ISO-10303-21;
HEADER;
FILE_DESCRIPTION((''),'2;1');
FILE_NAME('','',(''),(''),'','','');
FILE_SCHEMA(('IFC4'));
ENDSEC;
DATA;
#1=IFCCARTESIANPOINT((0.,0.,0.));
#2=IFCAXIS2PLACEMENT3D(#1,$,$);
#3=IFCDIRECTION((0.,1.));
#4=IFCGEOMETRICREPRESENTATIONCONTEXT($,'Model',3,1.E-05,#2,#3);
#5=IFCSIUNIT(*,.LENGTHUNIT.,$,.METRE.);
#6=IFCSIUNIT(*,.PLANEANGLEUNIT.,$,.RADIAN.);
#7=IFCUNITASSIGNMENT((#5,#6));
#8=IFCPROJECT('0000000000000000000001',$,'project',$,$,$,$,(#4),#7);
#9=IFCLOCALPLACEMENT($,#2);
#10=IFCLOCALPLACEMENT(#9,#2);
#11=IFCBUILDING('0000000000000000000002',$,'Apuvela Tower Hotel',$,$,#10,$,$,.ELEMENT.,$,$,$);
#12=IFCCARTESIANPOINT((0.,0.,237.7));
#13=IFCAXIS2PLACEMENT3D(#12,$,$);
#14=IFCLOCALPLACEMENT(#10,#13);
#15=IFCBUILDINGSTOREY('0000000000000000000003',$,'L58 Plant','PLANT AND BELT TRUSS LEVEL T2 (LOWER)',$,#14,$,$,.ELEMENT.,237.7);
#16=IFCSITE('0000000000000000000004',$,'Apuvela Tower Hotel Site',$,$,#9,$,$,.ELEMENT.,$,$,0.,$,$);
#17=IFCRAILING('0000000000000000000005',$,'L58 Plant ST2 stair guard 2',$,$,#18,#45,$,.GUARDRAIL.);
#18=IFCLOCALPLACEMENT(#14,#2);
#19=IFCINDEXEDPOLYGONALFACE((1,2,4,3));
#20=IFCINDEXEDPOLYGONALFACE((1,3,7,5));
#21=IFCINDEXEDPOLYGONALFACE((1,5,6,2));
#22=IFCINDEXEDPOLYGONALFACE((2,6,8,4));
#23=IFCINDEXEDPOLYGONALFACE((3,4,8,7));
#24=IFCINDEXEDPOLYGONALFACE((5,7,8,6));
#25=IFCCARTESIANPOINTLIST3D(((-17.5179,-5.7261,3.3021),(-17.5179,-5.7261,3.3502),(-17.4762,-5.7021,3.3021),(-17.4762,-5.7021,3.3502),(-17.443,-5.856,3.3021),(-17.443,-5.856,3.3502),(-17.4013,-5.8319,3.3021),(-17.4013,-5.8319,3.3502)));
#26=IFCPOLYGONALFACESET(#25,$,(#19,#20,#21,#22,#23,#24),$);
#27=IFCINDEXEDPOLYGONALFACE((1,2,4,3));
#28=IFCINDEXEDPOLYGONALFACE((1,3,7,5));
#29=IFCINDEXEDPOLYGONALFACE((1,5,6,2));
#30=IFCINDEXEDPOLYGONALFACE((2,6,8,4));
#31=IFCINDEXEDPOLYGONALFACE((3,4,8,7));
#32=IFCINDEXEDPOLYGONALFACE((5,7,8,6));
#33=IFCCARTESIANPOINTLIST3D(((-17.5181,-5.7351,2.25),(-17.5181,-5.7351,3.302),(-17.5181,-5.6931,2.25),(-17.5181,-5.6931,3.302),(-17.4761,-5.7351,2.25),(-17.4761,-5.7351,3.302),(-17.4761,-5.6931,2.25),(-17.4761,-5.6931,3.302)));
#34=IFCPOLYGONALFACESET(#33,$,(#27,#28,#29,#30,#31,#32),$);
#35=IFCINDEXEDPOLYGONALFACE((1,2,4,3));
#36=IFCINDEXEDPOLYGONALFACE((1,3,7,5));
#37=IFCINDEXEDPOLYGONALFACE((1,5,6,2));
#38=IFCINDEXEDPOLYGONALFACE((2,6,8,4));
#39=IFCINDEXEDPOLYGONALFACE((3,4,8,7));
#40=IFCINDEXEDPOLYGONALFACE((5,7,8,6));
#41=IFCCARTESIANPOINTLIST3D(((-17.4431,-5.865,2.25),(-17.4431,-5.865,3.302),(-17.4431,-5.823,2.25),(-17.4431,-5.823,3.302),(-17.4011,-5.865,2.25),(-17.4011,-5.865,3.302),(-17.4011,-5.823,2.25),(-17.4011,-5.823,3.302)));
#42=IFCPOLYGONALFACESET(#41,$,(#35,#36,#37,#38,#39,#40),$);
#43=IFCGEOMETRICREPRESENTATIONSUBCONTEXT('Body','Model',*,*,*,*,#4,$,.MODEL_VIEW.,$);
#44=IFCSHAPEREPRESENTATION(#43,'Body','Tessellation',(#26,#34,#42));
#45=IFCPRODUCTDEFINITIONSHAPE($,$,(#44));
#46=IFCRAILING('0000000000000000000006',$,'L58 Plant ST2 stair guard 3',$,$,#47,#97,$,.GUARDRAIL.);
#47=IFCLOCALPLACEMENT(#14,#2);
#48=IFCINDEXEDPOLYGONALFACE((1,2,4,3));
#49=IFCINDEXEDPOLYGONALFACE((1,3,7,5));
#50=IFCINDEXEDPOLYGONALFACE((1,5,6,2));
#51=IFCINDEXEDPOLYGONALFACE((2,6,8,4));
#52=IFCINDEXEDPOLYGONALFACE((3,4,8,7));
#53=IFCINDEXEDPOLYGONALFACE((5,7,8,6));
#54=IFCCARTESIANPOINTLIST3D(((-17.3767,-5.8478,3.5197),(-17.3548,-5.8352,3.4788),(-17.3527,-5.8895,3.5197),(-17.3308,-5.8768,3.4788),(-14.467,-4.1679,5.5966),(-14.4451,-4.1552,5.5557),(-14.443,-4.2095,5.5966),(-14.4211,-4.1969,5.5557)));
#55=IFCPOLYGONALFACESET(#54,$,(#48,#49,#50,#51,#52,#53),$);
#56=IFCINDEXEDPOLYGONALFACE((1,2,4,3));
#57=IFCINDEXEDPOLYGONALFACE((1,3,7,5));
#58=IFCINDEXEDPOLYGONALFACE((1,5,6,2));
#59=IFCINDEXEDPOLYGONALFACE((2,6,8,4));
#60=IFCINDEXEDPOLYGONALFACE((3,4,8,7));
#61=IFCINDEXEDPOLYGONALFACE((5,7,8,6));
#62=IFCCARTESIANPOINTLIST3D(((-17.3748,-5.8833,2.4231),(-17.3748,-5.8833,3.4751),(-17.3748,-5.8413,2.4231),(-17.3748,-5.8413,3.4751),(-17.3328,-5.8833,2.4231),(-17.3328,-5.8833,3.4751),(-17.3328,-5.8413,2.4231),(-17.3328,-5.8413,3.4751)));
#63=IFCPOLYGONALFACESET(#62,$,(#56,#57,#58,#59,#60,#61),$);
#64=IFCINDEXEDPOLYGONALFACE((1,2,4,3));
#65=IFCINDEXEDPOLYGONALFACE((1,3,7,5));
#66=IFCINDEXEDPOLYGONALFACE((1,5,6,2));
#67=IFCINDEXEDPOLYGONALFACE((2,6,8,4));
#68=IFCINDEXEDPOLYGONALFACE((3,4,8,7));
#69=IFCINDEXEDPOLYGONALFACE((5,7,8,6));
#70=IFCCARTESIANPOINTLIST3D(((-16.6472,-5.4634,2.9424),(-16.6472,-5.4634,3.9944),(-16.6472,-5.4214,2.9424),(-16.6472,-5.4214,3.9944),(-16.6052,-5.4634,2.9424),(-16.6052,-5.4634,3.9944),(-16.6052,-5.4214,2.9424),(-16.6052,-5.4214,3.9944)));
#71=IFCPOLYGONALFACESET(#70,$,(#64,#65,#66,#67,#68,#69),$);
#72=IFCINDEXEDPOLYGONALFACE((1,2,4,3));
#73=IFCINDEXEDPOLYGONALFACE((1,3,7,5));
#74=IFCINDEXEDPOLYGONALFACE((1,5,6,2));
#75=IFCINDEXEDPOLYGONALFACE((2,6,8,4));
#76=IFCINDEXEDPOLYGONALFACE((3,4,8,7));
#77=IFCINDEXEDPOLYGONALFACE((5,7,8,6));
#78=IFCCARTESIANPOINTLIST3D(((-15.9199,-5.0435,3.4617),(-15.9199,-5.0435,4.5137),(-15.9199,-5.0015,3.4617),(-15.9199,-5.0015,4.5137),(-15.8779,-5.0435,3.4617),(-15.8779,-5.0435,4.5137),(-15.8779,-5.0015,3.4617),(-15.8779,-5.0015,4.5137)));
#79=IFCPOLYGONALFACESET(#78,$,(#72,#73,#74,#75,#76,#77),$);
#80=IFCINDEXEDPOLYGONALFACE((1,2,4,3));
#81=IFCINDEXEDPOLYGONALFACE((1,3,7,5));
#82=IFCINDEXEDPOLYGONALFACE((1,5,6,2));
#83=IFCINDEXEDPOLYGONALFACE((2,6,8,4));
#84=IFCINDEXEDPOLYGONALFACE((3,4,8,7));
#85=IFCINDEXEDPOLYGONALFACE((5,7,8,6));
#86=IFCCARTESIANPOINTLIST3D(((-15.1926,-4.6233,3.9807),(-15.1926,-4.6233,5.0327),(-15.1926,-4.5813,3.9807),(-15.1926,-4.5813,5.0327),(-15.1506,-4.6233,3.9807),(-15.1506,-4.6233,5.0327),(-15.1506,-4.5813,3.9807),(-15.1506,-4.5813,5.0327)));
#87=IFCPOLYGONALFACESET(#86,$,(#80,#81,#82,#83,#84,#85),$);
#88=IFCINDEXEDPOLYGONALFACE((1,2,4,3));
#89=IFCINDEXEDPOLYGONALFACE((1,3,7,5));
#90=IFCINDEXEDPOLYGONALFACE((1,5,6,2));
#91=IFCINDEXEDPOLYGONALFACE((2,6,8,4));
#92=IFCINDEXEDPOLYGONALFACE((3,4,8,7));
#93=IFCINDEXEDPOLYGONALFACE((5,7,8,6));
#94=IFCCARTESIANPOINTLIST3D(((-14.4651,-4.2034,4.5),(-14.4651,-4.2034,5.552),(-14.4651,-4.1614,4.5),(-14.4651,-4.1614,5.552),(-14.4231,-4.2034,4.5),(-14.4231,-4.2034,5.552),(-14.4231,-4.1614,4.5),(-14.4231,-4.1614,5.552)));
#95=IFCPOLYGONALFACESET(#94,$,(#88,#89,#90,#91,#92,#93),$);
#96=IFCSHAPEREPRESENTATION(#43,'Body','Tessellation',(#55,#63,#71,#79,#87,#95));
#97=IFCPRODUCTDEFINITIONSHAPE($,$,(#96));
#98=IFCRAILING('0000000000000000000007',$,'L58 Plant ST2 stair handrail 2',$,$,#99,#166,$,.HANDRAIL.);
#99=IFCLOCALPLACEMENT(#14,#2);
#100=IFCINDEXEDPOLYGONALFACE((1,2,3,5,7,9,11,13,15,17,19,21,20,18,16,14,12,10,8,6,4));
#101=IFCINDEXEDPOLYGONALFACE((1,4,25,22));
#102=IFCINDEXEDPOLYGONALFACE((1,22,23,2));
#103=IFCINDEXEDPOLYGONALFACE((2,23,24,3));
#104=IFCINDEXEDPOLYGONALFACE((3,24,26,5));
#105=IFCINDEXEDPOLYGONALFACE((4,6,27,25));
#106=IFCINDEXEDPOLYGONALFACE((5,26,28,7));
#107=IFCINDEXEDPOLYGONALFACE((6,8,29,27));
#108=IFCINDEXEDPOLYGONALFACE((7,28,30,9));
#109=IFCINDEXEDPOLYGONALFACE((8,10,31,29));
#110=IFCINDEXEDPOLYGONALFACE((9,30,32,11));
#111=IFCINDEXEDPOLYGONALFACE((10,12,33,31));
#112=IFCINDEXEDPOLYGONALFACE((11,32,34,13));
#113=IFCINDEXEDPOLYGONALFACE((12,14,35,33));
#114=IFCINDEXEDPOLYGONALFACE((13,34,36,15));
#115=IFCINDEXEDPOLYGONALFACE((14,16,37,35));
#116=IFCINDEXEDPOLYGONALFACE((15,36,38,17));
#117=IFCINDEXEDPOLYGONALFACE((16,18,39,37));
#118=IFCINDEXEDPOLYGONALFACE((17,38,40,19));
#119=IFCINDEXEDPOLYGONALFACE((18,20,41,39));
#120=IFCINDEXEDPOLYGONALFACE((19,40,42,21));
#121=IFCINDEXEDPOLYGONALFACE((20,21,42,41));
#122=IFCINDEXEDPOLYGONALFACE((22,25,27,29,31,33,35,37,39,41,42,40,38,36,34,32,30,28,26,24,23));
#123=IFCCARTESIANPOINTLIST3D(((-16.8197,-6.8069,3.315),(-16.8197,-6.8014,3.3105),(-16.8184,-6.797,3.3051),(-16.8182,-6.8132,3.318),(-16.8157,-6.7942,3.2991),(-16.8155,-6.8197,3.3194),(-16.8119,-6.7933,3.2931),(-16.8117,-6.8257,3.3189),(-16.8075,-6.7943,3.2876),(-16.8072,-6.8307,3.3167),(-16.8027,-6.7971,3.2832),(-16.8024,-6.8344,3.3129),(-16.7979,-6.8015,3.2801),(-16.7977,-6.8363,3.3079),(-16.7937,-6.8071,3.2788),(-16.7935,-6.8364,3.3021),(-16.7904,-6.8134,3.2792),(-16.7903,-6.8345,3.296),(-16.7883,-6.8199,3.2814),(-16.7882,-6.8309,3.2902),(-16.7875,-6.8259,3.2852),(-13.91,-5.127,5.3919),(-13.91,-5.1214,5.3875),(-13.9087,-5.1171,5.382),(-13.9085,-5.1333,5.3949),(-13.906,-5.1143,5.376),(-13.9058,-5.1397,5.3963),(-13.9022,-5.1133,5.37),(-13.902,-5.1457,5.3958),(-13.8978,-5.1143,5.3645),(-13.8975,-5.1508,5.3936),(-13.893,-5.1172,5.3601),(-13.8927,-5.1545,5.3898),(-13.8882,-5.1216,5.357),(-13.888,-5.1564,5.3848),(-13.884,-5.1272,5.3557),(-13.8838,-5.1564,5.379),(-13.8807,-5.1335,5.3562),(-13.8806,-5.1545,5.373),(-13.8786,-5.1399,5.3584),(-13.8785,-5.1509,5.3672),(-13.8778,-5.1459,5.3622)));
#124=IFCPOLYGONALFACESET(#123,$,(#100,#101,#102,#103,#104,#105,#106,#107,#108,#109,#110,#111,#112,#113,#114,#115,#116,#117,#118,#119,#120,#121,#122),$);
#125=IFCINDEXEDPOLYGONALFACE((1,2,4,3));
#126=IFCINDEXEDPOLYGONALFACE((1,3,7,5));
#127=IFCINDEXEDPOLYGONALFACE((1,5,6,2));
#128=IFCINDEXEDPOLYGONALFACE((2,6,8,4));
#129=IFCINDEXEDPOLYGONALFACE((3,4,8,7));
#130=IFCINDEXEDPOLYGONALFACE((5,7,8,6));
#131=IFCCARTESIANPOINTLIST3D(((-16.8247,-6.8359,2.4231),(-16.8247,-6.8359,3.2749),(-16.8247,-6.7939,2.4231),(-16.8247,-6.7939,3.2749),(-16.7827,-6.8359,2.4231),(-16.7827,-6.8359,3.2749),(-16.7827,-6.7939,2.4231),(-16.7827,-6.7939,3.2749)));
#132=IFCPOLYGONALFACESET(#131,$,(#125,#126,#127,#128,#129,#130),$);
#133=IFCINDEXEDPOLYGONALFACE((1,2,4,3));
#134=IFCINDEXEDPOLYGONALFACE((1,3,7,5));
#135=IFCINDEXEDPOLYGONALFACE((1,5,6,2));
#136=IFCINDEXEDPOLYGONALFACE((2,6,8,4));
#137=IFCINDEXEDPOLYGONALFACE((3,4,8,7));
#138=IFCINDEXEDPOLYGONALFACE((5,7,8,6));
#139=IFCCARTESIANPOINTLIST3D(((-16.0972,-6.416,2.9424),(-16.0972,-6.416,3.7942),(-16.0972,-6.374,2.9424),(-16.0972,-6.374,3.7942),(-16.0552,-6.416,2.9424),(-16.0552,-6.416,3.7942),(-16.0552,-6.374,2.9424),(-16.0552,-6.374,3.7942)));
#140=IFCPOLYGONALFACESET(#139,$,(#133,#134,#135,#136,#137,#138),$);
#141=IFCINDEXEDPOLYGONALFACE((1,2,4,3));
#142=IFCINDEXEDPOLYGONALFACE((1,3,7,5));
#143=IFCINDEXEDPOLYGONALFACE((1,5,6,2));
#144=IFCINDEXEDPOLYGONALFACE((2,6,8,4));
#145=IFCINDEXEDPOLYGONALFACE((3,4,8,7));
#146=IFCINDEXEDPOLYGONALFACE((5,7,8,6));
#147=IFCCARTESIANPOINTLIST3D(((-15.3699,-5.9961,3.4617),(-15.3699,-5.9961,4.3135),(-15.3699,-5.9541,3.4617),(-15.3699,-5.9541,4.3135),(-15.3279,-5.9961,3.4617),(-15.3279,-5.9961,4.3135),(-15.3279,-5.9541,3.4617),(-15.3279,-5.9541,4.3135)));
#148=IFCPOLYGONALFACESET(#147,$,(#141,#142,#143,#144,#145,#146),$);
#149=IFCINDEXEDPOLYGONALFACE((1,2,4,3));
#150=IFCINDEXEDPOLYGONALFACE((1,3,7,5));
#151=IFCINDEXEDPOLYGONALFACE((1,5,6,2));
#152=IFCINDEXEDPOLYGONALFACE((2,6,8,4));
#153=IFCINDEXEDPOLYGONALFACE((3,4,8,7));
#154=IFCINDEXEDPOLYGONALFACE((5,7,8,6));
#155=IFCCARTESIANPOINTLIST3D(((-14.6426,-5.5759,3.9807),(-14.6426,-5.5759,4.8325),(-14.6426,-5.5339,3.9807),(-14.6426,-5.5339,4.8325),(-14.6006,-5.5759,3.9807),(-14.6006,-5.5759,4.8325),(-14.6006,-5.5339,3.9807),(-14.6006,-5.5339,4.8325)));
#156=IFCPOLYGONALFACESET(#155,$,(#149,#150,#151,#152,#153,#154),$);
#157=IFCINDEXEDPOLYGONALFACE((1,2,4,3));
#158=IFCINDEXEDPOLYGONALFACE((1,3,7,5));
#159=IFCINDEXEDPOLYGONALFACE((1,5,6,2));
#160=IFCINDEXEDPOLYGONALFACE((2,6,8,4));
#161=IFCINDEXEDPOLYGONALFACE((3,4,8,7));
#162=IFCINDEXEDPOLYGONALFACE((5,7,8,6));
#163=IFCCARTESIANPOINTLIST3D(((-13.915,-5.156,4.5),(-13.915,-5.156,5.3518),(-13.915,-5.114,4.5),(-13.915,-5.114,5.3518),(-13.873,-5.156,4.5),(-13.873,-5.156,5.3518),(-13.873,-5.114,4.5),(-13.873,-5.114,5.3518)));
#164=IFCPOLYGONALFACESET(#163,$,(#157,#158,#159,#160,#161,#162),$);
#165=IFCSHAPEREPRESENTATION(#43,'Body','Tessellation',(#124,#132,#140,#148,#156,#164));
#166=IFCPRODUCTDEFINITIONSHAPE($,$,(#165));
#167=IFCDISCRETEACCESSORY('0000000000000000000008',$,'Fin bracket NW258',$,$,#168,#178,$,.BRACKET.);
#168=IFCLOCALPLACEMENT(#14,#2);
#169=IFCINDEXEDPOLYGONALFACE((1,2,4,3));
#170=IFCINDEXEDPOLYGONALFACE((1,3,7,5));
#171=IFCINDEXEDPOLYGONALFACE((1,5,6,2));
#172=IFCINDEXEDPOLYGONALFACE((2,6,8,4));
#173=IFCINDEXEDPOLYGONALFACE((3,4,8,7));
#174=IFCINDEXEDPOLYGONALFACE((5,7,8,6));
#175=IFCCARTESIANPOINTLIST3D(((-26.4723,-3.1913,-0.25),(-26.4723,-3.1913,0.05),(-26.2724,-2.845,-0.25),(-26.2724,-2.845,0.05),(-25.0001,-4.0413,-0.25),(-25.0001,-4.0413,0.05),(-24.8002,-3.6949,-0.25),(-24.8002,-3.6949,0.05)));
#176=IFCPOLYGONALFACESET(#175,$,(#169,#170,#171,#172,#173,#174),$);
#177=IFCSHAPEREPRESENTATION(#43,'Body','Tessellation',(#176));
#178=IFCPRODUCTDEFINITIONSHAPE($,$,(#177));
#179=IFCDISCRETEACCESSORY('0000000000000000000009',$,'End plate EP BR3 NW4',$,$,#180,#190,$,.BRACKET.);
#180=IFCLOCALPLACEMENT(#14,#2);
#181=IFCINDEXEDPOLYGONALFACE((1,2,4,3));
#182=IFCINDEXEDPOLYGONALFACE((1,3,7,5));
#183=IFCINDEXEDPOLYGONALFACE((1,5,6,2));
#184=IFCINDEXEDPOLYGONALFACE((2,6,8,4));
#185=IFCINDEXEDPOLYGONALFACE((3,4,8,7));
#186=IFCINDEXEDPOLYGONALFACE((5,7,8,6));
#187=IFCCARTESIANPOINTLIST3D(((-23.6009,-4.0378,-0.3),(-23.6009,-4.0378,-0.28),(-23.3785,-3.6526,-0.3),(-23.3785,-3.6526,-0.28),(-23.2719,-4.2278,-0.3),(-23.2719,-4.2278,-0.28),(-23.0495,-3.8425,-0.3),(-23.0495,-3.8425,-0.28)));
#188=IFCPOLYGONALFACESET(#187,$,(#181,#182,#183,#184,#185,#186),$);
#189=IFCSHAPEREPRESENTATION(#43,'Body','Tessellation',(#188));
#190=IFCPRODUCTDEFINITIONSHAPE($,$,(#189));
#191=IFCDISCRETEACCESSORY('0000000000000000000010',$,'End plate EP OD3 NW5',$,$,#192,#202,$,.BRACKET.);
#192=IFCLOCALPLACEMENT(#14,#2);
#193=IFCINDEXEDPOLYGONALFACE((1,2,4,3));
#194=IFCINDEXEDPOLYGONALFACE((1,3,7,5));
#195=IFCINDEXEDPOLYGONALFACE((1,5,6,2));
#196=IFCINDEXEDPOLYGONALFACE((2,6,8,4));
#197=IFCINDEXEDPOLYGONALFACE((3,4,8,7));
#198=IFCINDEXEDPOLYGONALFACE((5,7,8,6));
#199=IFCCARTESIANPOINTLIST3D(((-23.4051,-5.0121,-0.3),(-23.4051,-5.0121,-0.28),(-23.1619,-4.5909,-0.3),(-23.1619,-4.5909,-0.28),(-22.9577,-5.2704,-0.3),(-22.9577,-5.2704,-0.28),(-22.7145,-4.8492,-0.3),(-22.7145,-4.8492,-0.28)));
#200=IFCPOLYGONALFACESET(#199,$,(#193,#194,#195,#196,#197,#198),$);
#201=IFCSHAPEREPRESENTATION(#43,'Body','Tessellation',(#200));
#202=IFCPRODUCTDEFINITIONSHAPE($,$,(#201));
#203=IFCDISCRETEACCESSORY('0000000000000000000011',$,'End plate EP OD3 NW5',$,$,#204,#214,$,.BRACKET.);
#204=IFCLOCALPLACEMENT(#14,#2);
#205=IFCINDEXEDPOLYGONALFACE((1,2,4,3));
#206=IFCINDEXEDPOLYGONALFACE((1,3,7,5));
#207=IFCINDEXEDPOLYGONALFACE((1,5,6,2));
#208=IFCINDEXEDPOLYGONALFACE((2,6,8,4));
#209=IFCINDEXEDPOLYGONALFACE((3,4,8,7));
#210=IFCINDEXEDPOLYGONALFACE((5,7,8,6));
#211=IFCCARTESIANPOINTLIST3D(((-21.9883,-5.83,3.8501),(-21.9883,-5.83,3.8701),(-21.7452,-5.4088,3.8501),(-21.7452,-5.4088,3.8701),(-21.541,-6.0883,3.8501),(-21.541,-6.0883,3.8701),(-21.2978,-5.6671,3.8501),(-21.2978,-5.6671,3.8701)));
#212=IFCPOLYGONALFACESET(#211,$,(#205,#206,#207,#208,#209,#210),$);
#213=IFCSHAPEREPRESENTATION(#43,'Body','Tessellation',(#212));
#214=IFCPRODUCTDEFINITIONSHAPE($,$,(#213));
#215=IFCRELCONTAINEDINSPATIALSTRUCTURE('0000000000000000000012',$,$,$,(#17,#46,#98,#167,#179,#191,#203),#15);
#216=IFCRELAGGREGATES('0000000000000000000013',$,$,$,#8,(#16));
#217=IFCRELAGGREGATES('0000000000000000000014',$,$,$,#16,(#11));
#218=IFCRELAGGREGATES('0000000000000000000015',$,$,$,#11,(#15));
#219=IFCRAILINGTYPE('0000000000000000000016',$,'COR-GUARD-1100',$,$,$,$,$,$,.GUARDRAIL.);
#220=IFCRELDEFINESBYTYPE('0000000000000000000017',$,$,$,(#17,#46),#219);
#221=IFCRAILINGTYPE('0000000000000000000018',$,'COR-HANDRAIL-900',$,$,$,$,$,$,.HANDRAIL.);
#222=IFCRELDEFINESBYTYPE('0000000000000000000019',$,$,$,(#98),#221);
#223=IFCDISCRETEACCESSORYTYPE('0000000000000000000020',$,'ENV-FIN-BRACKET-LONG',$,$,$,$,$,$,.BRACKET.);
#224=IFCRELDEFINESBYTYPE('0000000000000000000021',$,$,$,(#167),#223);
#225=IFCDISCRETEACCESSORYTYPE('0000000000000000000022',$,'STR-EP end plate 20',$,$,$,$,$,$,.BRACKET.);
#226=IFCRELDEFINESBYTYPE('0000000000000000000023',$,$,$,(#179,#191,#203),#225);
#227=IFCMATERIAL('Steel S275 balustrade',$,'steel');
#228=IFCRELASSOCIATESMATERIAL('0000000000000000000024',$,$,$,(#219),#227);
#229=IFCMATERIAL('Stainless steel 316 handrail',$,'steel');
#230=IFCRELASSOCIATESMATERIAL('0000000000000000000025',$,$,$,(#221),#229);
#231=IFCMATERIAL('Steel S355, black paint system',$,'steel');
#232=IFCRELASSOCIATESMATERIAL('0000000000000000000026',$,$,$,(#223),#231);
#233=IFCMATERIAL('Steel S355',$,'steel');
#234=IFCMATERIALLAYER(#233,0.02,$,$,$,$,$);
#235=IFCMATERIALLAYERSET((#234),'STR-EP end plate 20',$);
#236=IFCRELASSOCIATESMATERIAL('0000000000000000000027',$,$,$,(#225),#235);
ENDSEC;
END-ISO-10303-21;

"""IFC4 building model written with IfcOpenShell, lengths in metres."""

from ifc_helpers import new_model, si_unit, direction, frame, origin, origin_2d, place, context, subcontext, project, spatial, rectangle, circle, extrude, material, layer, layer_set, type_object, element, save


model = new_model("IFC4")

# Units and contexts
model_context = context("Model", 3, precision=1e-05, world=origin(), true_north=direction((0.0, 1.0)))
body_context = subcontext(model_context, "Body", "Model", "MODEL_VIEW")
ifc_project = project(units=[si_unit("LENGTHUNIT", "METRE"), si_unit("PLANEANGLEUNIT", "RADIAN")], contexts=[model_context])

# Site, building, storey
site_placement = place(None, origin())
site = spatial("IfcSite", under=ifc_project, at=site_placement, Name="Apuvela Tower Hotel Site", CompositionType="ELEMENT", RefElevation=0.0)
building_placement = place(site_placement, origin())
building = spatial("IfcBuilding", under=site, at=building_placement, Name="Apuvela Tower Hotel", CompositionType="ELEMENT")
storey_placement = place(building_placement, frame((0.0, 0.0, 237.7)))
storey = spatial("IfcBuildingStorey", under=building, at=storey_placement, Name="L58 Plant", Description="PLANT AND BELT TRUSS LEVEL T2 (LOWER)", CompositionType="ELEMENT", Elevation=237.7)

# Shared definitions
ifc_material_1 = material(Name="Steel S355", Category="steel")

# Railings
ifc_material_2 = material(Name="Steel S275 balustrade", Category="steel")
railing_type_1 = type_object("IfcRailingType", Name="COR-GUARD-1100", PredefinedType="GUARDRAIL", material=ifc_material_2)
railing_1_placement = place(storey_placement, frame((-17.4971, -5.7141, 2.25)))
element("IfcRailing", 1, at=railing_1_placement, inside=storey, type_object=railing_type_1, Name="L58 Plant ST2 stair guard 2", PredefinedType="GUARDRAIL", context=body_context, shape_type="SweptSolid", body=[
    extrude(rectangle(XDim=0.0481, YDim=0.0481, at=origin_2d()), frame((0.0, 0.0, 1.0762), z_axis=(0.499816, -0.866131, 0.0), x_axis=(0.866131, 0.499816, 0.0)), (0.0, 0.0, 1.0), 0.1499),
    extrude(rectangle(XDim=0.042, YDim=0.042, at=origin_2d()), origin(), (0.0, 0.0, 1.0), 1.052),
    extrude(rectangle(XDim=0.042, YDim=0.042, at=origin_2d()), frame((0.075, -0.1299, 0.0)), (0.0, 0.0, 1.0), 1.052),
])
railing_2_placement = place(storey_placement, frame((-17.3538, -5.8623, 2.4231)))
element("IfcRailing", 2, at=railing_2_placement, inside=storey, type_object=railing_type_1, Name="L58 Plant ST2 stair guard 3", PredefinedType="GUARDRAIL", context=body_context, shape_type="SweptSolid", body=[
    extrude(rectangle(XDim=0.0481, YDim=0.0481, at=origin_2d()), frame((0.0, 0.0, 1.0762), z_axis=(0.73664, 0.425308, 0.525809), x_axis=(-0.500008, 0.866021, 0.0)), (0.0, 0.0, 1.0), 3.95),
    extrude(rectangle(XDim=0.042, YDim=0.042, at=origin_2d()), origin(), (0.0, 0.0, 1.0), 1.052),
    extrude(rectangle(XDim=0.042, YDim=0.042, at=origin_2d()), frame((0.7275, 0.4199, 0.5193)), (0.0, 0.0, 1.0), 1.052),
    extrude(rectangle(XDim=0.042, YDim=0.042, at=origin_2d()), frame((1.4548, 0.8398, 1.0386)), (0.0, 0.0, 1.0), 1.052),
    extrude(rectangle(XDim=0.042, YDim=0.042, at=origin_2d()), frame((2.1821, 1.26, 1.5576)), (0.0, 0.0, 1.0), 1.052),
    extrude(rectangle(XDim=0.042, YDim=0.042, at=origin_2d()), frame((2.9097, 1.6799, 2.0769)), (0.0, 0.0, 1.0), 1.052),
])
ifc_material_3 = material(Name="Stainless steel 316 handrail", Category="steel")
railing_type_2 = type_object("IfcRailingType", Name="COR-HANDRAIL-900", PredefinedType="HANDRAIL", material=ifc_material_3)
railing_3_placement = place(storey_placement, frame((-16.8037, -6.8149, 2.4231)))
element("IfcRailing", 3, at=railing_3_placement, inside=storey, type_object=railing_type_2, Name="L58 Plant ST2 stair handrail 2", PredefinedType="HANDRAIL", context=body_context, shape_type="SweptSolid", body=[
    extrude(circle(Radius=0.0239, at=origin_2d()), frame((0.0, 0.0, 0.876), z_axis=(0.73664, 0.425308, 0.525809), x_axis=(-0.500008, 0.866021, 0.0)), (0.0, 0.0, 1.0), 3.95),
    extrude(rectangle(XDim=0.042, YDim=0.042, at=origin_2d()), origin(), (0.0, 0.0, 1.0), 0.8518),
    extrude(rectangle(XDim=0.042, YDim=0.042, at=origin_2d()), frame((0.7275, 0.4199, 0.5193)), (0.0, 0.0, 1.0), 0.8518),
    extrude(rectangle(XDim=0.042, YDim=0.042, at=origin_2d()), frame((1.4548, 0.8398, 1.0386)), (0.0, 0.0, 1.0), 0.8518),
    extrude(rectangle(XDim=0.042, YDim=0.042, at=origin_2d()), frame((2.1821, 1.26, 1.5576)), (0.0, 0.0, 1.0), 0.8518),
    extrude(rectangle(XDim=0.042, YDim=0.042, at=origin_2d()), frame((2.9097, 1.6799, 2.0769)), (0.0, 0.0, 1.0), 0.8518),
])

# Discrete accessories
ifc_material_4 = material(Name="Steel S355, black paint system", Category="steel")
discrete_accessory_type_1 = type_object("IfcDiscreteAccessoryType", Name="ENV-FIN-BRACKET-LONG", PredefinedType="BRACKET", material=ifc_material_4)
discrete_accessory_1_placement = place(storey_placement, frame((-25.6362, -3.4431, -0.25), z_axis=(0.0, 0.0, 1.0), x_axis=(-0.5, -0.866025, 0.0)))
element("IfcDiscreteAccessory", 4, at=discrete_accessory_1_placement, inside=storey, type_object=discrete_accessory_type_1, Name="Fin bracket NW258", PredefinedType="BRACKET", context=body_context, shape_type="SweptSolid", body=[
    extrude(rectangle(XDim=0.3999, YDim=1.7, at=origin_2d()), origin(), (0.0, 0.0, 1.0), 0.3),
])
ifc_layer_1 = layer(ifc_material_1, 0.02)
ifc_layer_set_1 = layer_set([ifc_layer_1], Name="STR-EP end plate 20")
discrete_accessory_type_2 = type_object("IfcDiscreteAccessoryType", Name="STR-EP end plate 20", PredefinedType="BRACKET", material=ifc_layer_set_1)
discrete_accessory_2_placement = place(storey_placement, frame((-23.3252, -3.9402, -0.3), z_axis=(0.0, 0.0, 1.0), x_axis=(0.5, 0.866025, 0.0)))
element("IfcDiscreteAccessory", 5, at=discrete_accessory_2_placement, inside=storey, type_object=discrete_accessory_type_2, Name="End plate EP BR3 NW4", PredefinedType="BRACKET", context=body_context, shape_type="SweptSolid", body=[
    extrude(rectangle(XDim=0.4448, YDim=0.3799, at=origin_2d()), origin(), (0.0, 0.0, 1.0), 0.02),
])
for number, where, z_axis, x_axis, name in (
    (6, (-23.0598, -4.9307, -0.3), (0.0, 0.0, 1.0), (0.866025, -0.5, 0.0), "End plate EP OD3 NW5"),
    (7, (-21.6431, -5.7485, 3.8501), (0.0, 0.0, 1.0), (0.866025, -0.5, 0.0), "End plate EP OD3 NW5"),
):
    element("IfcDiscreteAccessory", number, at=place(storey_placement, frame(where, z_axis=z_axis, x_axis=x_axis)), inside=storey, type_object=discrete_accessory_type_2, Name=name, PredefinedType="BRACKET", context=body_context, shape_type="SweptSolid", body=[
        extrude(rectangle(XDim=0.5166, YDim=0.4863, at=origin_2d()), origin(), (0.0, 0.0, 1.0), 0.02),
    ])

save(model, "model.ifc")
